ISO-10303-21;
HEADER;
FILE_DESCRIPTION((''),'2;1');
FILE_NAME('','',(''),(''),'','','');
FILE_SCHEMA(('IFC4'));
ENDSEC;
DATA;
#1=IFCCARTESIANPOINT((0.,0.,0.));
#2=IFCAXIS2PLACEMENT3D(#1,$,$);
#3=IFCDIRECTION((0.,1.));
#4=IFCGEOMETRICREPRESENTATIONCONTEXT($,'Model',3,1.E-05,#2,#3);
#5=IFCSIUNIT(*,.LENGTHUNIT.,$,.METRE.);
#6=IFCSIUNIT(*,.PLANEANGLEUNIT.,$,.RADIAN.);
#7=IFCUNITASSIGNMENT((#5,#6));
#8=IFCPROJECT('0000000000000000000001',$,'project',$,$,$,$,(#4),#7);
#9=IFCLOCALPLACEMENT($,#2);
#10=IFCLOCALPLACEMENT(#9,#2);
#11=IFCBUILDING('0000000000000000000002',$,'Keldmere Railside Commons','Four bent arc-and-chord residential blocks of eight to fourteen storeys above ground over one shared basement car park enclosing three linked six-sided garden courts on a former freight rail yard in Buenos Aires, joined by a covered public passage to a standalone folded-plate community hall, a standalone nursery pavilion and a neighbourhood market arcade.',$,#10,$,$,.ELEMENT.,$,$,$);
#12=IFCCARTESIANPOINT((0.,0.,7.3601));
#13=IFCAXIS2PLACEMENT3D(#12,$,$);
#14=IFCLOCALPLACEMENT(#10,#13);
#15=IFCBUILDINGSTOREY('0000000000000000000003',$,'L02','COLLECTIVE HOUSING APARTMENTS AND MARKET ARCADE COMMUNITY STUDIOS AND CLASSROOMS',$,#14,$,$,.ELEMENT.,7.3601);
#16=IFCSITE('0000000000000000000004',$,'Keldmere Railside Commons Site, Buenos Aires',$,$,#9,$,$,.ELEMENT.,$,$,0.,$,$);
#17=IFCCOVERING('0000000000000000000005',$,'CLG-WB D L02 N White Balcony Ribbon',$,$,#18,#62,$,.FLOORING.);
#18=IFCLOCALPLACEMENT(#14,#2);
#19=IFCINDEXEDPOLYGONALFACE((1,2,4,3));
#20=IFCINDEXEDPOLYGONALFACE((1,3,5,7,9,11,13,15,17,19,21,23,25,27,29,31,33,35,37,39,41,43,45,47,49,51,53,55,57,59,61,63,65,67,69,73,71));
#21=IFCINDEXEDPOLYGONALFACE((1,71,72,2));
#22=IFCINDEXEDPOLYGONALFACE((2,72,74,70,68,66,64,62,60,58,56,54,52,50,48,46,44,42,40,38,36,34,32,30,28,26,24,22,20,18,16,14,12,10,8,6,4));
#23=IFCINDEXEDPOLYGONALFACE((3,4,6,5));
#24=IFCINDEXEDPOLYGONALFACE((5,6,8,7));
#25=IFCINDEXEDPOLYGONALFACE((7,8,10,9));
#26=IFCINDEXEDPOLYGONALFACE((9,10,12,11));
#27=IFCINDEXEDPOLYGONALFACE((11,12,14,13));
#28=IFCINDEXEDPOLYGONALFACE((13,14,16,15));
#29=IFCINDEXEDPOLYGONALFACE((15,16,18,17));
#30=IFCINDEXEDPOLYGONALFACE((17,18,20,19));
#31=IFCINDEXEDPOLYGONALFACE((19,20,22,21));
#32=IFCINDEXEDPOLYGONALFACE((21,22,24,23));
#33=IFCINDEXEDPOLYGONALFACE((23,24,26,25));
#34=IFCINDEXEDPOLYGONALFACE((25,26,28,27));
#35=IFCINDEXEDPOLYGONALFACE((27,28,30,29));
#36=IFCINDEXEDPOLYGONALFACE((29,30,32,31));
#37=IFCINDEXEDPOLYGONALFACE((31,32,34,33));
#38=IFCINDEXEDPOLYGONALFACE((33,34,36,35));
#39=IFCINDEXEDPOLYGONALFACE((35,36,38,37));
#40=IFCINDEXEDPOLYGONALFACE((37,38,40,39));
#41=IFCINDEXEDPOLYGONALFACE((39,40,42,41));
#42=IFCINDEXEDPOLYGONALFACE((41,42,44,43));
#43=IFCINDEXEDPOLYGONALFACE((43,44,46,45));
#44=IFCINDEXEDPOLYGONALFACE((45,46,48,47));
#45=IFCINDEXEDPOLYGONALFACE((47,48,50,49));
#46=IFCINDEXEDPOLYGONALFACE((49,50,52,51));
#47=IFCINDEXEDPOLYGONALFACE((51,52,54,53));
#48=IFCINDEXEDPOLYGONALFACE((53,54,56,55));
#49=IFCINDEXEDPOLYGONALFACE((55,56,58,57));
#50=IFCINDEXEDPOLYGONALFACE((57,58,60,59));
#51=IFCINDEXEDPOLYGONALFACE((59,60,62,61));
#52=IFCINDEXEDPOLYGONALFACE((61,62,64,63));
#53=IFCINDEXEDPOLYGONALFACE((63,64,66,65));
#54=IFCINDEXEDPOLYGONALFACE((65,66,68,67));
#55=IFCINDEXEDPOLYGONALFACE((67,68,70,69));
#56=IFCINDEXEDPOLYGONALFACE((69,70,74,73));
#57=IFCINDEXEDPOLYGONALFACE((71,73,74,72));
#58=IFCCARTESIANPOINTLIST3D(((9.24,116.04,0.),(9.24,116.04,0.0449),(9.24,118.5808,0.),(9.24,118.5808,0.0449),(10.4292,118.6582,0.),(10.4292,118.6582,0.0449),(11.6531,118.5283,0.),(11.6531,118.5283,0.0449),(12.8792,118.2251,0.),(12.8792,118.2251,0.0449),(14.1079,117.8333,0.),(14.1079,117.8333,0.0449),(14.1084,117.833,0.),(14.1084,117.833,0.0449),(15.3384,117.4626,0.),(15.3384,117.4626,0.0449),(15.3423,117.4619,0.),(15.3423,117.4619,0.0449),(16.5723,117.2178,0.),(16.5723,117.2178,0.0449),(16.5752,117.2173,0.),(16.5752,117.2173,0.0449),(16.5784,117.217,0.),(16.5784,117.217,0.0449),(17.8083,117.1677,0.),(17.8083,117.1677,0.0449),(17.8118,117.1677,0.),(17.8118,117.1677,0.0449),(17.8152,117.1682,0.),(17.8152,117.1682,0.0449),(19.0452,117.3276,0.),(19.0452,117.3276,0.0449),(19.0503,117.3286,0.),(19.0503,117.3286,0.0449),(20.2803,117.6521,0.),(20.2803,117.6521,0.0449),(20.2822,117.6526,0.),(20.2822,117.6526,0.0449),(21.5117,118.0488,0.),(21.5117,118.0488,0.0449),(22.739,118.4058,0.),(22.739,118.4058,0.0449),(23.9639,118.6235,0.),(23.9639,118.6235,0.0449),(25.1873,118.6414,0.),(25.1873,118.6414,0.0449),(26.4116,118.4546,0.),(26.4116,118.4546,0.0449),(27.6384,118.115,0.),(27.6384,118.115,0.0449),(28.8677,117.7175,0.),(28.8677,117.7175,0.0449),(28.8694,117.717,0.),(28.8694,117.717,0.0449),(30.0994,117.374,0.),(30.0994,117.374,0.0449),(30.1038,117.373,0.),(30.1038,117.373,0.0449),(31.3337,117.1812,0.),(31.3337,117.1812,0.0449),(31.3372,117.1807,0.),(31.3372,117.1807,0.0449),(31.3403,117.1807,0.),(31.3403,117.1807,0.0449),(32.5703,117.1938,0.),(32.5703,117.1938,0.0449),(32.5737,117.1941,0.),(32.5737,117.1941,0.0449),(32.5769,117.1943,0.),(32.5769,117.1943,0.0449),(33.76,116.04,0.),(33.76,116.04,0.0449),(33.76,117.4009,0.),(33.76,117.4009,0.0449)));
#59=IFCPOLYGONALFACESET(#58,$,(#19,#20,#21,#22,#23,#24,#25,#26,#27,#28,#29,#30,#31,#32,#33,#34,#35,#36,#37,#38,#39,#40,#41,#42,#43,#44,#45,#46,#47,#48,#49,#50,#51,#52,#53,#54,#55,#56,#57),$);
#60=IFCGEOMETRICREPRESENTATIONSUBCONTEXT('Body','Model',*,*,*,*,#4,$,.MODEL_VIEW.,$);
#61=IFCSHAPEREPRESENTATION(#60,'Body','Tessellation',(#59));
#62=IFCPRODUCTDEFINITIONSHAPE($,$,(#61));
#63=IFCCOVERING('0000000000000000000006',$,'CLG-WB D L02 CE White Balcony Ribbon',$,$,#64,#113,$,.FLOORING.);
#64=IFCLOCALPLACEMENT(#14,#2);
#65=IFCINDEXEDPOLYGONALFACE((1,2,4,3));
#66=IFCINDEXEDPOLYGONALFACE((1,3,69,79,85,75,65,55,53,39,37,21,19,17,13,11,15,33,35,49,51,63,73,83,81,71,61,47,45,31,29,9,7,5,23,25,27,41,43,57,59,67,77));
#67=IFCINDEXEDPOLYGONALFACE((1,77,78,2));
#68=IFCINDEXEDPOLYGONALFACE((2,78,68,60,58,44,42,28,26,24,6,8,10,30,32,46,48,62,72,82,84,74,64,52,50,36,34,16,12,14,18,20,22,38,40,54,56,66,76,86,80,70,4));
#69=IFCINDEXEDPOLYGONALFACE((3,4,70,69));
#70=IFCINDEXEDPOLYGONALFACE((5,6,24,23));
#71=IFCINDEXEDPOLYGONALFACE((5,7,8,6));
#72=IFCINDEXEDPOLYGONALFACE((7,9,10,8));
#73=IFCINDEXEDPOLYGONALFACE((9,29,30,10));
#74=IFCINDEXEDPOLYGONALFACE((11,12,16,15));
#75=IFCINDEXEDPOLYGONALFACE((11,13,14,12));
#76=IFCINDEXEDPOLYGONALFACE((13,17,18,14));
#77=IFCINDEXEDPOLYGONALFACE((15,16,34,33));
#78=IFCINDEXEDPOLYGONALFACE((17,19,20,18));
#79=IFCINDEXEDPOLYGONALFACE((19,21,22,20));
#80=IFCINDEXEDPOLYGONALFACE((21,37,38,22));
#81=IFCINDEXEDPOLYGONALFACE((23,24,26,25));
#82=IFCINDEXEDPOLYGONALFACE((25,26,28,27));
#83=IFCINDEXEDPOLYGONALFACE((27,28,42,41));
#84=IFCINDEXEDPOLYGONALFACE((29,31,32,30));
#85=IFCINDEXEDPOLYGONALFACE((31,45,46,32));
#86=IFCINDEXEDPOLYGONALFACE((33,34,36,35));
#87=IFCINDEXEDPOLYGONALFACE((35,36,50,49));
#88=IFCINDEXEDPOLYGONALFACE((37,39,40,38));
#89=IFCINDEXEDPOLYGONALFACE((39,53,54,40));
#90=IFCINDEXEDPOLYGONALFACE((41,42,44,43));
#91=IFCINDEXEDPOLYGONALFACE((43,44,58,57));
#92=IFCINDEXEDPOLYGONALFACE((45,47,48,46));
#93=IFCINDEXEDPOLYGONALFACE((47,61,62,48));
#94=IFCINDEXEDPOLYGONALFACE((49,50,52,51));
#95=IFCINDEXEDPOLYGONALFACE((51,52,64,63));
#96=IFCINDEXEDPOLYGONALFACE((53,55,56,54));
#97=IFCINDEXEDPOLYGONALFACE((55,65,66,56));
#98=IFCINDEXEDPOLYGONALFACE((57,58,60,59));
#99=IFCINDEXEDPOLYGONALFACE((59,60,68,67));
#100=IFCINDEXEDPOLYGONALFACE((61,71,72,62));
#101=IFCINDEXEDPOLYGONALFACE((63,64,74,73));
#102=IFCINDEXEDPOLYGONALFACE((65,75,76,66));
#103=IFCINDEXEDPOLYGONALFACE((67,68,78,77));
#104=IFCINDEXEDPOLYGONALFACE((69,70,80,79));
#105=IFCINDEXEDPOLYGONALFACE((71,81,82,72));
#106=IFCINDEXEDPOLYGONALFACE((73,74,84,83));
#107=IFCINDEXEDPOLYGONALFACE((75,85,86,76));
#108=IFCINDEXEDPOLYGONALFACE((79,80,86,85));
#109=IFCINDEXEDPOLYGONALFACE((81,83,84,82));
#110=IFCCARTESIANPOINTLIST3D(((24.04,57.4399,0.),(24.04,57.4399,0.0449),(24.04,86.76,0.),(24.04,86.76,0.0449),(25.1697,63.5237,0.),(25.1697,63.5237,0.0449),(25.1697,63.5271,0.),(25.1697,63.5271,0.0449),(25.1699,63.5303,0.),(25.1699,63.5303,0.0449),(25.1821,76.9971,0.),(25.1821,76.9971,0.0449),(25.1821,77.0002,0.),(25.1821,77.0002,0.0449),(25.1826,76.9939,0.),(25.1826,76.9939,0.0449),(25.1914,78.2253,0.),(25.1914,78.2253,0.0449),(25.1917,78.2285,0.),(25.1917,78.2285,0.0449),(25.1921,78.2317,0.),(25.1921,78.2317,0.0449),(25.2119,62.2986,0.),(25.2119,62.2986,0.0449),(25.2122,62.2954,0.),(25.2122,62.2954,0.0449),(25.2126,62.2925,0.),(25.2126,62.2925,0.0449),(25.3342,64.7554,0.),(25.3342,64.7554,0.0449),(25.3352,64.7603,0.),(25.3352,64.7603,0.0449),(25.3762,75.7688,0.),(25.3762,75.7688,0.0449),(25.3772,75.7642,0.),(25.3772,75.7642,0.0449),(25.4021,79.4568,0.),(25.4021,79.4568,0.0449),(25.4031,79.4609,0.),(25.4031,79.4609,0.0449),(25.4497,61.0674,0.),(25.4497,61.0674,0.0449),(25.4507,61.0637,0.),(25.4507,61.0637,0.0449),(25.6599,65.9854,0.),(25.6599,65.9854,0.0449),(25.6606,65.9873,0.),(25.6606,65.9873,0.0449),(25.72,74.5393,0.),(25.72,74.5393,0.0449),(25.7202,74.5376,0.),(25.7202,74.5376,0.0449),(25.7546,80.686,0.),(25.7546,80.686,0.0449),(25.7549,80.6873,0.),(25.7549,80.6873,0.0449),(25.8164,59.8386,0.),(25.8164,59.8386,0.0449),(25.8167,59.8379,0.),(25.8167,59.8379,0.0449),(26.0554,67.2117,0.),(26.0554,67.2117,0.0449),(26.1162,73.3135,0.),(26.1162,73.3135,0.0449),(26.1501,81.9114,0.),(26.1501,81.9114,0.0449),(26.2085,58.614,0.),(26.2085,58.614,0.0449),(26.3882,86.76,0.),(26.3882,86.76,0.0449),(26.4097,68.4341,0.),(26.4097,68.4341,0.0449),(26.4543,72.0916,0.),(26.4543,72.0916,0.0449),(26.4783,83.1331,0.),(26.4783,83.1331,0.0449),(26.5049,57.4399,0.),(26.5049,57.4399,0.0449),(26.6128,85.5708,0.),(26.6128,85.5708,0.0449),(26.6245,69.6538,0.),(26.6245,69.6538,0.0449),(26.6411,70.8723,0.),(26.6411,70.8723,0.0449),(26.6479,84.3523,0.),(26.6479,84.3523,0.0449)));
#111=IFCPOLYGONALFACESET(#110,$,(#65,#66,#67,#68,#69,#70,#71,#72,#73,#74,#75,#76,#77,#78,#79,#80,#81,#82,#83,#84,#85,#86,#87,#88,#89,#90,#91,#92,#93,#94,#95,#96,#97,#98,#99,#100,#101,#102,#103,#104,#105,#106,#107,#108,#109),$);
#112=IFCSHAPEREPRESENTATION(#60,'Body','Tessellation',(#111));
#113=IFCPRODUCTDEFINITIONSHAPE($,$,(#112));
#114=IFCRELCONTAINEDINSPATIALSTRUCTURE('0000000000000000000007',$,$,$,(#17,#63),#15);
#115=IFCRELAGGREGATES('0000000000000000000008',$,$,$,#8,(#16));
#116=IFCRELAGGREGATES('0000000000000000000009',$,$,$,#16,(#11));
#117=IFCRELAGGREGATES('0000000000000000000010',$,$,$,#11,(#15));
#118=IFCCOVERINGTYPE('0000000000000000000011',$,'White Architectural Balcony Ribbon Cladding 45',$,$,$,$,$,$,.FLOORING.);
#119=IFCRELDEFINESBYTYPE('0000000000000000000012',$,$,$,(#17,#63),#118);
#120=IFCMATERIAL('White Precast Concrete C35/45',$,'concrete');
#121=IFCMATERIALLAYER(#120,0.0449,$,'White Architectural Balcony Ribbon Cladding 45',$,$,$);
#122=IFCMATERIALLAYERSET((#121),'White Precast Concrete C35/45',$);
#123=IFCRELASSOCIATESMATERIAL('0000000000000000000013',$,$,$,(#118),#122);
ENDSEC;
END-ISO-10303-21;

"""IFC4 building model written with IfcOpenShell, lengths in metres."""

from ifc_helpers import new_model, si_unit, direction, frame, origin, place, context, subcontext, project, spatial, polyline, outline, extrude, material, layer, layer_set, type_object, element, save


model = new_model("IFC4")

# Units and contexts
model_context = context("Model", 3, precision=1e-05, world=origin(), true_north=direction((0.0, 1.0)))
body_context = subcontext(model_context, "Body", "Model", "MODEL_VIEW")
ifc_project = project(units=[si_unit("LENGTHUNIT", "METRE"), si_unit("PLANEANGLEUNIT", "RADIAN")], contexts=[model_context])

# Site, building, storey
site_placement = place(None, origin())
site = spatial("IfcSite", under=ifc_project, at=site_placement, Name="Keldmere Railside Commons Site, Buenos Aires", CompositionType="ELEMENT", RefElevation=0.0)
building_placement = place(site_placement, origin())
building = spatial("IfcBuilding", under=site, at=building_placement, Name="Keldmere Railside Commons", Description="Four bent arc-and-chord residential blocks of eight to fourteen storeys above ground over one shared basement car park enclosing three linked six-sided garden courts on a former freight rail yard in Buenos Aires, joined by a covered public passage to a standalone folded-plate community hall, a standalone nursery pavilion and a neighbourhood market arcade.", CompositionType="ELEMENT")
storey_placement = place(building_placement, frame((0.0, 0.0, 7.3601)))
storey = spatial("IfcBuildingStorey", under=building, at=storey_placement, Name="L02", Description="COLLECTIVE HOUSING APARTMENTS AND MARKET ARCADE COMMUNITY STUDIOS AND CLASSROOMS", CompositionType="ELEMENT", Elevation=7.3601)

# Coverings
ifc_material_1 = material(Name="White Precast Concrete C35/45", Category="concrete")
ifc_layer_1 = layer(ifc_material_1, 0.0449, Name="White Architectural Balcony Ribbon Cladding 45")
ifc_layer_set_1 = layer_set([ifc_layer_1], Name="White Precast Concrete C35/45")
covering_type = type_object("IfcCoveringType", Name="White Architectural Balcony Ribbon Cladding 45", PredefinedType="FLOORING", material=ifc_layer_set_1)
covering_1_placement = place(storey_placement, origin())
element("IfcCovering", 1, at=covering_1_placement, inside=storey, type_object=covering_type, Name="CLG-WB D L02 N White Balcony Ribbon", PredefinedType="FLOORING", context=body_context, shape_type="SweptSolid", body=[
    extrude(outline(polyline([(33.76, 116.04), (33.76, 117.4009), (32.5769, 117.1943), (32.5737, 117.1941), (32.5703, 117.1938), (31.3403, 117.1807), (31.3372, 117.1807), (31.3337, 117.1812), (30.1038, 117.373), (30.0994, 117.374), (28.8694, 117.717), (28.8677, 117.7175), (27.6384, 118.115), (26.4116, 118.4546), (25.1873, 118.6414), (23.9639, 118.6235), (22.739, 118.4058), (21.5117, 118.0488), (20.2822, 117.6526), (20.2803, 117.6521), (19.0503, 117.3286), (19.0452, 117.3276), (17.8152, 117.1682), (17.8118, 117.1677), (17.8083, 117.1677), (16.5784, 117.217), (16.5752, 117.2173), (16.5723, 117.2178), (15.3423, 117.4619), (15.3384, 117.4626), (14.1084, 117.833), (14.1079, 117.8333), (12.8792, 118.2251), (11.6531, 118.5283), (10.4292, 118.6582), (9.24, 118.5808), (9.24, 116.04), (33.76, 116.04)])), origin(), (0.0, 0.0, 1.0), 0.0449),
])
covering_2_placement = place(storey_placement, origin())
element("IfcCovering", 2, at=covering_2_placement, inside=storey, type_object=covering_type, Name="CLG-WB D L02 CE White Balcony Ribbon", PredefinedType="FLOORING", context=body_context, shape_type="SweptSolid", body=[
    extrude(outline(polyline([(26.2085, 58.614), (25.8167, 59.8379), (25.8164, 59.8386), (25.4507, 61.0637), (25.4497, 61.0674), (25.2126, 62.2925), (25.2122, 62.2954), (25.2119, 62.2986), (25.1697, 63.5237), (25.1697, 63.5271), (25.1699, 63.5303), (25.3342, 64.7554), (25.3352, 64.7603), (25.6599, 65.9854), (25.6606, 65.9873), (26.0554, 67.2117), (26.4097, 68.4341), (26.6245, 69.6538), (26.6411, 70.8723), (26.4543, 72.0916), (26.1162, 73.3135), (25.7202, 74.5376), (25.72, 74.5393), (25.3772, 75.7642), (25.3762, 75.7688), (25.1826, 76.9939), (25.1821, 76.9971), (25.1821, 77.0002), (25.1914, 78.2253), (25.1917, 78.2285), (25.1921, 78.2317), (25.4021, 79.4568), (25.4031, 79.4609), (25.7546, 80.686), (25.7549, 80.6873), (26.1501, 81.9114), (26.4783, 83.1331), (26.6479, 84.3523), (26.6128, 85.5708), (26.3882, 86.76), (24.04, 86.76), (24.04, 57.4399), (26.5049, 57.4399), (26.2085, 58.614)])), origin(), (0.0, 0.0, 1.0), 0.0449),
])

save(model, "model.ifc")
